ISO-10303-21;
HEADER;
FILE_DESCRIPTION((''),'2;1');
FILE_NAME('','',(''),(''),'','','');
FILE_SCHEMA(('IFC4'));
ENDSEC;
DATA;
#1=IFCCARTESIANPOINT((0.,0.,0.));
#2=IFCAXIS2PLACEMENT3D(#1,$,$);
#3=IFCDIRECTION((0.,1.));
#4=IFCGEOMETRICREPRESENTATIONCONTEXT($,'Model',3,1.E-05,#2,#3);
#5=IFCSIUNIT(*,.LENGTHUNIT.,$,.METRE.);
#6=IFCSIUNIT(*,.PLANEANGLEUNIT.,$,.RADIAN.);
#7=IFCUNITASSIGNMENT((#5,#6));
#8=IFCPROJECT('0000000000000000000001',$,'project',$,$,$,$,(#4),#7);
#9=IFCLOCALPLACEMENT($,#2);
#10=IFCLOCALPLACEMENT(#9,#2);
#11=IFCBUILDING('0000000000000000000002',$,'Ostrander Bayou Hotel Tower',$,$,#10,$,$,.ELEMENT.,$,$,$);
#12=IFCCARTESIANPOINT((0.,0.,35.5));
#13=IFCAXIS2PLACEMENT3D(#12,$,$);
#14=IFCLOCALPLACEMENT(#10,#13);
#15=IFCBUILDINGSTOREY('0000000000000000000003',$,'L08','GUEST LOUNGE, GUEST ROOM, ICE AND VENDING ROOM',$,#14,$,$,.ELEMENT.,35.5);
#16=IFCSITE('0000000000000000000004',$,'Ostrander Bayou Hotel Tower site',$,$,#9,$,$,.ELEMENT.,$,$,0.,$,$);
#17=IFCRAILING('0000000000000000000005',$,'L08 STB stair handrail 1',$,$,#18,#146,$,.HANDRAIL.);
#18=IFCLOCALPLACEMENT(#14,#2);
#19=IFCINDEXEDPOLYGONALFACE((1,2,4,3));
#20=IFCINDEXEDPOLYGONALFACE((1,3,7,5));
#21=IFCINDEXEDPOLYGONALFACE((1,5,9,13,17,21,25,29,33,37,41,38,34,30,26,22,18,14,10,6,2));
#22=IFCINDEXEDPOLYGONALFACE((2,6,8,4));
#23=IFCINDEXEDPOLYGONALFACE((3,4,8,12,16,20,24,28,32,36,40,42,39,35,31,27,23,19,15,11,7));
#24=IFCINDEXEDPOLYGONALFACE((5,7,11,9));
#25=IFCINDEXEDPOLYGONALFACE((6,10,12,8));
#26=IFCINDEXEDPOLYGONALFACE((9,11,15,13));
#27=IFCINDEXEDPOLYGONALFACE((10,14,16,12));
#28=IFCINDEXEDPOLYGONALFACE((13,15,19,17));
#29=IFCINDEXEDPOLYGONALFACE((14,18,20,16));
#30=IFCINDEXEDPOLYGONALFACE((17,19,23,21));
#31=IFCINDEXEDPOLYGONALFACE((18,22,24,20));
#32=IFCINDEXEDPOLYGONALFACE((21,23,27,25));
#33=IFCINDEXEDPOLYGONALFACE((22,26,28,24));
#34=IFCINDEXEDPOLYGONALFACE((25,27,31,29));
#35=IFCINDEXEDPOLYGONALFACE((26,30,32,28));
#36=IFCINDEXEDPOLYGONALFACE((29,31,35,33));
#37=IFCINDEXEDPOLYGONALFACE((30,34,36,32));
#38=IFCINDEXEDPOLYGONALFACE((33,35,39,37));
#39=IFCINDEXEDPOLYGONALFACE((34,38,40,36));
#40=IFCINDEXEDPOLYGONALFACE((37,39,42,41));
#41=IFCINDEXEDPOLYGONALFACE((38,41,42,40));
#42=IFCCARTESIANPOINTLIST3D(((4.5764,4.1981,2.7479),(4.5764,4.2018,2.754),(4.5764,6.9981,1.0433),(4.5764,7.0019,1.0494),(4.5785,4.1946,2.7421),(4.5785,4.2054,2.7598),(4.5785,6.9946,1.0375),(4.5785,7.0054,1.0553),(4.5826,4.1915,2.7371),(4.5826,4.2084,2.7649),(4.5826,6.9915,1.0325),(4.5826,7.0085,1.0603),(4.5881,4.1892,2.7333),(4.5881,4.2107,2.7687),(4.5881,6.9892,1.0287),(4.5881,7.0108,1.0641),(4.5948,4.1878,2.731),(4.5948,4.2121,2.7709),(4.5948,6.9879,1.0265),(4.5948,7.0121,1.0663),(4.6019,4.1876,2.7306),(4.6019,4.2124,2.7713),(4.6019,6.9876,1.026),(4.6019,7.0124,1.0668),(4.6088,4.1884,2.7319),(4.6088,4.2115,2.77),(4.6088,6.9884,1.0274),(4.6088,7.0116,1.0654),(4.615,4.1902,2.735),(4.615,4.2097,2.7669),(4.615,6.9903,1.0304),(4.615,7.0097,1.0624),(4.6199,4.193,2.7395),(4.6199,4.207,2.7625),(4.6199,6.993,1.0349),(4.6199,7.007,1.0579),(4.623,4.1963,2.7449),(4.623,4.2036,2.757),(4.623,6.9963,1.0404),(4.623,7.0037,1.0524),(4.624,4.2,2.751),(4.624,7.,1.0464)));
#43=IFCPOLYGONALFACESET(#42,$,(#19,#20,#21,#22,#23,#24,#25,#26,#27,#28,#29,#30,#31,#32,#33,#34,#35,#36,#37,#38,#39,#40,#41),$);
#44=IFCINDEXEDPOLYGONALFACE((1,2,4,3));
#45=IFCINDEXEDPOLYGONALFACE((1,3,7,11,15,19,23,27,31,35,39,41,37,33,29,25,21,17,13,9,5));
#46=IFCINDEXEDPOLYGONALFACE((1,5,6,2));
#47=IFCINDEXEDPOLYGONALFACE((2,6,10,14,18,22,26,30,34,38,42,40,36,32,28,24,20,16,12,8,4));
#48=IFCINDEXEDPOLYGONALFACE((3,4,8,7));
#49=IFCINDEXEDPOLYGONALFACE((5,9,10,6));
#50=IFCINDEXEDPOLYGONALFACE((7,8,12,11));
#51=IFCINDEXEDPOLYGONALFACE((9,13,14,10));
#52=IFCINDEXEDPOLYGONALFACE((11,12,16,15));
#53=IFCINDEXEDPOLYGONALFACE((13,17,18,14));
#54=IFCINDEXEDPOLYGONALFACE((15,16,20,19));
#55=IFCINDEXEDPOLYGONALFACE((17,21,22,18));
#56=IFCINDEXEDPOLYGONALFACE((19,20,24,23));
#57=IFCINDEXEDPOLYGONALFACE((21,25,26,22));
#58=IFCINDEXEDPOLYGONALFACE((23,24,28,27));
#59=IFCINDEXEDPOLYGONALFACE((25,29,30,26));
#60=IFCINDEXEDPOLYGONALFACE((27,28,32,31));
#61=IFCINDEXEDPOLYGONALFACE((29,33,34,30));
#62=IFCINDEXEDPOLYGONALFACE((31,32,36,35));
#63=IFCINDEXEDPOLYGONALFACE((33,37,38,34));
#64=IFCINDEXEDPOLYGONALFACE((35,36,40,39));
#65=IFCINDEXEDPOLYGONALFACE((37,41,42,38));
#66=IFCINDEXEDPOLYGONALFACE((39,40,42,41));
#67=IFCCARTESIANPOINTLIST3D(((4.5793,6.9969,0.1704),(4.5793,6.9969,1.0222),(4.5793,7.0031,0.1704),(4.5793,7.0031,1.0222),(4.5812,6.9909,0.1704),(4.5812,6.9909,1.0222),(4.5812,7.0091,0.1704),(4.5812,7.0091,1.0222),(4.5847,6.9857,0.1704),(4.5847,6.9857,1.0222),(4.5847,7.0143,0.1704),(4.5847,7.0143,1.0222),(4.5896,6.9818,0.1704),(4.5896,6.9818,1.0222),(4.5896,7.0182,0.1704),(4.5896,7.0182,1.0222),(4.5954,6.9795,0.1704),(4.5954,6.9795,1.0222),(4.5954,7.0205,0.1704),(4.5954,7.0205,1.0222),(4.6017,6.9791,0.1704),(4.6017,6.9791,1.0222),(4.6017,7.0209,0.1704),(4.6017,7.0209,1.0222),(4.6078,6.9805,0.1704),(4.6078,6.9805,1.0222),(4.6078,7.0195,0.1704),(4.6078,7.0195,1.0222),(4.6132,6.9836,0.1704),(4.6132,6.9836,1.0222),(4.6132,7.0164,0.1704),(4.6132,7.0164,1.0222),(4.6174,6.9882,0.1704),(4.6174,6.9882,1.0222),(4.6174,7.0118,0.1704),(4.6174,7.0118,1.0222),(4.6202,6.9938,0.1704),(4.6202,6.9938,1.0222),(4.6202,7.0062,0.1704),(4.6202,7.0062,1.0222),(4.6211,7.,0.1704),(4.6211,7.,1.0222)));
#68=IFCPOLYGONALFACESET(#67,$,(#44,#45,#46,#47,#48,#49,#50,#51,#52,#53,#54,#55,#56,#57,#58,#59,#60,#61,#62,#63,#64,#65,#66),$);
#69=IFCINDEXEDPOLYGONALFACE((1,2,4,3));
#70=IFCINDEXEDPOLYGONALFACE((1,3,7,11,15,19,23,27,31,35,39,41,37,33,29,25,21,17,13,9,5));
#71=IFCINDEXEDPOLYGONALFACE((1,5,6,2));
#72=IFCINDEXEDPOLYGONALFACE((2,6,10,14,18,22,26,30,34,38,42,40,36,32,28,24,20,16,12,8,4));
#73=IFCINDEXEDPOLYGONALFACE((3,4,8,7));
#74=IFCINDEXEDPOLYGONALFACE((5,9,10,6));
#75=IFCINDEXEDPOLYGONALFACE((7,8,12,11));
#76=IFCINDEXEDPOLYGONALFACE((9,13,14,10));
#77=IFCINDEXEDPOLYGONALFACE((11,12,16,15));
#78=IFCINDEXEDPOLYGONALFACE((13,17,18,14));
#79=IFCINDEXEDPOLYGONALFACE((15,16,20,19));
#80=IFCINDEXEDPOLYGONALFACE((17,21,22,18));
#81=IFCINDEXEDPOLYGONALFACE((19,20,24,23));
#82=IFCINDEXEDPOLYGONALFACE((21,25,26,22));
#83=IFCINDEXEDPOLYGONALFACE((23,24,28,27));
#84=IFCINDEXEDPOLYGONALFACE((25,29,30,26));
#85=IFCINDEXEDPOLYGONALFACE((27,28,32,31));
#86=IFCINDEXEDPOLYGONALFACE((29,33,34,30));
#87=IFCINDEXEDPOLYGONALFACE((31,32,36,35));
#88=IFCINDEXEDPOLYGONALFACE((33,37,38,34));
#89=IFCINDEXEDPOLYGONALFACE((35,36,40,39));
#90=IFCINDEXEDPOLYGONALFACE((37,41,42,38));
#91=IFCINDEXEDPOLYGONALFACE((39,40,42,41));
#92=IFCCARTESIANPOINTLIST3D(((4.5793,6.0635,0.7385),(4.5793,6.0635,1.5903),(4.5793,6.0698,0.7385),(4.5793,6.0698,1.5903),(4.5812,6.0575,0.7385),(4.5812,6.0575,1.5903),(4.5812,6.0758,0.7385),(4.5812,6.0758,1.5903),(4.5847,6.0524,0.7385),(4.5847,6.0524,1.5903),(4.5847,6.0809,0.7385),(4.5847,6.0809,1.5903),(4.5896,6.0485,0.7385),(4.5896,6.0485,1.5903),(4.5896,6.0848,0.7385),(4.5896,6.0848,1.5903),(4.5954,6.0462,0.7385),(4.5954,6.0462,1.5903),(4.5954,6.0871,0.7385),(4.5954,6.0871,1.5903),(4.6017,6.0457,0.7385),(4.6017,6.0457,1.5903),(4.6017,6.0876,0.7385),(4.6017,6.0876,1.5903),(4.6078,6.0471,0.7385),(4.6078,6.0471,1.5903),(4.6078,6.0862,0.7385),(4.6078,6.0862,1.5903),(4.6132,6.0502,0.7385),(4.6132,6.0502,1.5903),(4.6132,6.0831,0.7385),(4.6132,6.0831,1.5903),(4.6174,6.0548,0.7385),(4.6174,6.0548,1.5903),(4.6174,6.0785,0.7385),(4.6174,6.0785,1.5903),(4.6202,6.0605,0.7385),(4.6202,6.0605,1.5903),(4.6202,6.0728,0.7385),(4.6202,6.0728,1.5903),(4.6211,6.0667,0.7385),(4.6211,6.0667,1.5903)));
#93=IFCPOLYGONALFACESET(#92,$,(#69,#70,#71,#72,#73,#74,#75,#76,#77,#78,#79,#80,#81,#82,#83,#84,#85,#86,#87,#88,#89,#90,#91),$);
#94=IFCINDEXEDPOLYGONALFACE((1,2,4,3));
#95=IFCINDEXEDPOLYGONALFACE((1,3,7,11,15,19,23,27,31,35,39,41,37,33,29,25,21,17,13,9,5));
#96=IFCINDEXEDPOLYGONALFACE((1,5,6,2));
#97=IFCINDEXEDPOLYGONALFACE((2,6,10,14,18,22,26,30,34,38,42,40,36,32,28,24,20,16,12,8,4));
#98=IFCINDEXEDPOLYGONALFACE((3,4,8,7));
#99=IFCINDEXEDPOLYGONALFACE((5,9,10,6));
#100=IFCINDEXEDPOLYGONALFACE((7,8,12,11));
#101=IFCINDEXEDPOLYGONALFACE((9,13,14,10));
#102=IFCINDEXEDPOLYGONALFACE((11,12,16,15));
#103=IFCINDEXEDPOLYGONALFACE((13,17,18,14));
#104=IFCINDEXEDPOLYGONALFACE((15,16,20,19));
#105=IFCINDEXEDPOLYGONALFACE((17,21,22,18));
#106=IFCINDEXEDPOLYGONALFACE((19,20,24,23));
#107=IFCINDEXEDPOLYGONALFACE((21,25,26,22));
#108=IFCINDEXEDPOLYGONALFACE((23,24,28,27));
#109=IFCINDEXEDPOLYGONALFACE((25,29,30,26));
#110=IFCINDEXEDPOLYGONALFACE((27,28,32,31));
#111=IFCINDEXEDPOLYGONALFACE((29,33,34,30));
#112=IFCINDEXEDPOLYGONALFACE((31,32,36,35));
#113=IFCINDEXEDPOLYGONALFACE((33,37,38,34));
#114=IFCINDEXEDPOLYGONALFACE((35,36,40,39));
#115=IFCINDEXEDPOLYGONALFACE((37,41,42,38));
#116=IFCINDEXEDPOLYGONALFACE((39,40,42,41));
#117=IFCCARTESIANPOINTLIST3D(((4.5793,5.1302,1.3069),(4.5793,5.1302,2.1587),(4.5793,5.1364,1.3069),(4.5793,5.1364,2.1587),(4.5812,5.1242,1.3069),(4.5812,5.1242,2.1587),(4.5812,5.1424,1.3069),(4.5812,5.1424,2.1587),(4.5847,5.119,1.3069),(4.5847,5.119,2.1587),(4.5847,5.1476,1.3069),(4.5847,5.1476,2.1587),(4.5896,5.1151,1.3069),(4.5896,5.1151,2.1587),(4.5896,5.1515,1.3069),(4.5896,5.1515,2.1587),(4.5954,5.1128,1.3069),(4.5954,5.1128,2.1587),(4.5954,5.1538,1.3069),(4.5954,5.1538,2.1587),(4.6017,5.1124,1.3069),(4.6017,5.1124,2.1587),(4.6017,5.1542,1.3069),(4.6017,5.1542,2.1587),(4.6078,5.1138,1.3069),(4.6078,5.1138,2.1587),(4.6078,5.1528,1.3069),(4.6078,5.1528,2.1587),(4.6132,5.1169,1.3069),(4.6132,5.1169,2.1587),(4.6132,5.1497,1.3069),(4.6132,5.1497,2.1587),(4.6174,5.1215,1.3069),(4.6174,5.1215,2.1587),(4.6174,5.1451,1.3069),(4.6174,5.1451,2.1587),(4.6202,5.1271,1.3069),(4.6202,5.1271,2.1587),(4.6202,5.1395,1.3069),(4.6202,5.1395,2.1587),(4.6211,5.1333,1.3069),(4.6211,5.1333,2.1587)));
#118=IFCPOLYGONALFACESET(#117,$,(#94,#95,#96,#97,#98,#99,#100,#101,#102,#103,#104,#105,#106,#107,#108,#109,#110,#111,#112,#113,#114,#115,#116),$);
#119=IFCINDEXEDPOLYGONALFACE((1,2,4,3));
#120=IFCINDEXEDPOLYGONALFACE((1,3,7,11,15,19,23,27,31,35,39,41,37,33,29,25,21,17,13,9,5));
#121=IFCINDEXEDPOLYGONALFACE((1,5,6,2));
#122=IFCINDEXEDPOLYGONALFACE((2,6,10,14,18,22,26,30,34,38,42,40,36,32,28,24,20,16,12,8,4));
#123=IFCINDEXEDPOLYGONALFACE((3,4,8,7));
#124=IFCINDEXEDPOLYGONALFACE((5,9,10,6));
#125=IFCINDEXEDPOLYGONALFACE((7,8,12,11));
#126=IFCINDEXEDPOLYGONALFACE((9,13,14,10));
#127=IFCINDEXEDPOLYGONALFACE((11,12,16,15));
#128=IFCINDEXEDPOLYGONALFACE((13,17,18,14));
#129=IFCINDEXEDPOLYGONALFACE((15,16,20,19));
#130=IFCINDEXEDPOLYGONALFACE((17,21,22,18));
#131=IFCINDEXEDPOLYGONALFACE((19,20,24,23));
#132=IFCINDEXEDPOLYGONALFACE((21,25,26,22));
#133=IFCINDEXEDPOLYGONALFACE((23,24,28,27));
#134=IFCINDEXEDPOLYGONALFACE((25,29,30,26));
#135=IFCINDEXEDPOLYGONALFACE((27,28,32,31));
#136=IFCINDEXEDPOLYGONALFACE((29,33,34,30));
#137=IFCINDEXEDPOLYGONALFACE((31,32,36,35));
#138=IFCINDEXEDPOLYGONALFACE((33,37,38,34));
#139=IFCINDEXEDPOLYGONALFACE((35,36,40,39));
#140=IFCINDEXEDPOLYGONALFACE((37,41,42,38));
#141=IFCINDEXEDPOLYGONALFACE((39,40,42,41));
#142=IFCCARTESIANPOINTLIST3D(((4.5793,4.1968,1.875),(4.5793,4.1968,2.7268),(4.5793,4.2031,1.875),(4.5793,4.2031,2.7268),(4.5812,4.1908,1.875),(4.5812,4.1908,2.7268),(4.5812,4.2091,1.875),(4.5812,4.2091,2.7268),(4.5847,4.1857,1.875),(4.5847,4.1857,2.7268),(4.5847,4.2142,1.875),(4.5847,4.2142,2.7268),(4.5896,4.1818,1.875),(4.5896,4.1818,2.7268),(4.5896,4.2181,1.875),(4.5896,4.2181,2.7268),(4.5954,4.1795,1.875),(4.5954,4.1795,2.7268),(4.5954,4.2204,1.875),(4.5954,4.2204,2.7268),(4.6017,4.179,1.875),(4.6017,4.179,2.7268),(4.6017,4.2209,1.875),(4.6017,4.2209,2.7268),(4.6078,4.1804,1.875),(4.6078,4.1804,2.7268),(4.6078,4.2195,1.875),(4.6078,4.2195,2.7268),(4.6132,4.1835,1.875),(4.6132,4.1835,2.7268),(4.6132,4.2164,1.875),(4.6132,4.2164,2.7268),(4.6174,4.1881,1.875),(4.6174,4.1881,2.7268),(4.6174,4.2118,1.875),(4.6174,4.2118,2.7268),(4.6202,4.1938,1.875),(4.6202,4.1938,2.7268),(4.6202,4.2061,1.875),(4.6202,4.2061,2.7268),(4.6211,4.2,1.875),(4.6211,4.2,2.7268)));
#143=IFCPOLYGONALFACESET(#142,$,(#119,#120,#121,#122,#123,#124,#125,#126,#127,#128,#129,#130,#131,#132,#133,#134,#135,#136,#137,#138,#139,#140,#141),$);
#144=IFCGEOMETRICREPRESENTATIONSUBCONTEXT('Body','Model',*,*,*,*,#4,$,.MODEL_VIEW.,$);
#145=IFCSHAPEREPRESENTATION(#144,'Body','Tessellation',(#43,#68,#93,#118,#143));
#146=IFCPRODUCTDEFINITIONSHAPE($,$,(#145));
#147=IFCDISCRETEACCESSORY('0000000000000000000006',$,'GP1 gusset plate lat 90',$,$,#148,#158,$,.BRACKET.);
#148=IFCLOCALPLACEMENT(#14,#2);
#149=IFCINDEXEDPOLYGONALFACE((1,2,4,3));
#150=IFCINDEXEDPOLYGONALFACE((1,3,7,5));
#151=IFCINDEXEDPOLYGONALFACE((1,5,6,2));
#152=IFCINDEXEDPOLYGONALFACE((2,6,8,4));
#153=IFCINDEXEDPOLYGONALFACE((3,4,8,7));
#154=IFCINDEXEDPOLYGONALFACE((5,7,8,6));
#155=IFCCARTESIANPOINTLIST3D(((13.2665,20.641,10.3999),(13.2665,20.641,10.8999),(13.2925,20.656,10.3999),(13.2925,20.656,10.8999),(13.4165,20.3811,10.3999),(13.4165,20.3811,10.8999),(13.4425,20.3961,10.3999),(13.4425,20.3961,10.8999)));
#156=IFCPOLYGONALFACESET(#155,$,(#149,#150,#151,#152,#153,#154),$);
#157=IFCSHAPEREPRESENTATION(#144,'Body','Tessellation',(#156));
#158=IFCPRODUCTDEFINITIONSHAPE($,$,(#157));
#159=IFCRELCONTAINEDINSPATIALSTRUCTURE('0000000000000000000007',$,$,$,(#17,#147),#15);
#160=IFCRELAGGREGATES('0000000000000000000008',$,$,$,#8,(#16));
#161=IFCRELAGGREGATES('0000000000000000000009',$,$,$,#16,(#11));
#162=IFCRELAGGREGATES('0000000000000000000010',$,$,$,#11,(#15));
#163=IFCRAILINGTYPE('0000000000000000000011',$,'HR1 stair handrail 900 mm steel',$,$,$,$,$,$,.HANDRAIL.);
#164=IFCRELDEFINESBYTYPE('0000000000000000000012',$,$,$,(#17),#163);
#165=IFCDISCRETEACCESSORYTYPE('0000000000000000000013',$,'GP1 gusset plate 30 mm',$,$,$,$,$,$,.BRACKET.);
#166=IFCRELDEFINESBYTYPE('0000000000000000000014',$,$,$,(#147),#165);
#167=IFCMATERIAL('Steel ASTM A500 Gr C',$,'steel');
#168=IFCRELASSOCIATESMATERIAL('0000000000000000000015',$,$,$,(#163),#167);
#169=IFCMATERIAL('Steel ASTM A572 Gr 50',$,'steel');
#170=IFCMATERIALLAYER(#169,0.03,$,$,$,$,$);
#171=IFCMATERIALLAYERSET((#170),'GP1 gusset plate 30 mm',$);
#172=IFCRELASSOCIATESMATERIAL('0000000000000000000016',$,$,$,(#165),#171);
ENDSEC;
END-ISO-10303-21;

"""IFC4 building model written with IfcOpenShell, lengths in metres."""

from ifc_helpers import new_model, si_unit, direction, frame, origin, origin_2d, place, context, subcontext, project, spatial, rectangle, circle, extrude, material, layer, layer_set, type_object, element, save


model = new_model("IFC4")

# Units and contexts
model_context = context("Model", 3, precision=1e-05, world=origin(), true_north=direction((0.0, 1.0)))
body_context = subcontext(model_context, "Body", "Model", "MODEL_VIEW")
ifc_project = project(units=[si_unit("LENGTHUNIT", "METRE"), si_unit("PLANEANGLEUNIT", "RADIAN")], contexts=[model_context])

# Site, building, storey
site_placement = place(None, origin())
site = spatial("IfcSite", under=ifc_project, at=site_placement, Name="Ostrander Bayou Hotel Tower site", CompositionType="ELEMENT", RefElevation=0.0)
building_placement = place(site_placement, origin())
building = spatial("IfcBuilding", under=site, at=building_placement, Name="Ostrander Bayou Hotel Tower", CompositionType="ELEMENT")
storey_placement = place(building_placement, frame((0.0, 0.0, 35.5)))
storey = spatial("IfcBuildingStorey", under=building, at=storey_placement, Name="L08", Description="GUEST LOUNGE, GUEST ROOM, ICE AND VENDING ROOM", CompositionType="ELEMENT", Elevation=35.5)

# Railing
ifc_material_1 = material(Name="Steel ASTM A500 Gr C", Category="steel")
railing_type_1 = type_object("IfcRailingType", Name="HR1 stair handrail 900 mm steel", PredefinedType="HANDRAIL", material=ifc_material_1)
railing_1_placement = place(storey_placement, frame((4.6001, 7.0, 0.1704)))
element("IfcRailing", 1, at=railing_1_placement, inside=storey, type_object=railing_type_1, Name="L08 STB stair handrail 1", PredefinedType="HANDRAIL", context=body_context, shape_type="SweptSolid", body=[
    extrude(circle(Radius=0.0239, at=origin_2d()), frame((0.0, 0.0, 0.876), z_axis=(0.0, -0.85417, 0.519994), x_axis=(1.0, 0.0, 0.0)), (0.0, 0.0, 1.0), 3.2781),
    extrude(circle(Radius=0.021, at=origin_2d()), origin(), (0.0, 0.0, 1.0), 0.8518),
    extrude(circle(Radius=0.021, at=origin_2d()), frame((0.0, -0.9333, 0.5681)), (0.0, 0.0, 1.0), 0.8518),
    extrude(circle(Radius=0.021, at=origin_2d()), frame((0.0, -1.8667, 1.1365)), (0.0, 0.0, 1.0), 0.8518),
    extrude(circle(Radius=0.021, at=origin_2d()), frame((0.0, -2.8, 1.7046)), (0.0, 0.0, 1.0), 0.8518),
])

# Discrete accessory
ifc_material_2 = material(Name="Steel ASTM A572 Gr 50", Category="steel")
ifc_layer_1 = layer(ifc_material_2, 0.03)
ifc_layer_set_1 = layer_set([ifc_layer_1], Name="GP1 gusset plate 30 mm")
discrete_accessory_type = type_object("IfcDiscreteAccessoryType", Name="GP1 gusset plate 30 mm", PredefinedType="BRACKET", material=ifc_layer_set_1)
discrete_accessory_placement = place(storey_placement, frame((13.3545, 20.5186, 10.3999), z_axis=(0.0, 0.0, 1.0), x_axis=(-0.5, 0.866025, 0.0)))
element("IfcDiscreteAccessory", 2, at=discrete_accessory_placement, inside=storey, type_object=discrete_accessory_type, Name="GP1 gusset plate lat 90", PredefinedType="BRACKET", context=body_context, shape_type="SweptSolid", body=[
    extrude(rectangle(XDim=0.3, YDim=0.03, at=origin_2d()), origin(), (0.0, 0.0, 1.0), 0.5),
])

save(model, "model.ifc")
